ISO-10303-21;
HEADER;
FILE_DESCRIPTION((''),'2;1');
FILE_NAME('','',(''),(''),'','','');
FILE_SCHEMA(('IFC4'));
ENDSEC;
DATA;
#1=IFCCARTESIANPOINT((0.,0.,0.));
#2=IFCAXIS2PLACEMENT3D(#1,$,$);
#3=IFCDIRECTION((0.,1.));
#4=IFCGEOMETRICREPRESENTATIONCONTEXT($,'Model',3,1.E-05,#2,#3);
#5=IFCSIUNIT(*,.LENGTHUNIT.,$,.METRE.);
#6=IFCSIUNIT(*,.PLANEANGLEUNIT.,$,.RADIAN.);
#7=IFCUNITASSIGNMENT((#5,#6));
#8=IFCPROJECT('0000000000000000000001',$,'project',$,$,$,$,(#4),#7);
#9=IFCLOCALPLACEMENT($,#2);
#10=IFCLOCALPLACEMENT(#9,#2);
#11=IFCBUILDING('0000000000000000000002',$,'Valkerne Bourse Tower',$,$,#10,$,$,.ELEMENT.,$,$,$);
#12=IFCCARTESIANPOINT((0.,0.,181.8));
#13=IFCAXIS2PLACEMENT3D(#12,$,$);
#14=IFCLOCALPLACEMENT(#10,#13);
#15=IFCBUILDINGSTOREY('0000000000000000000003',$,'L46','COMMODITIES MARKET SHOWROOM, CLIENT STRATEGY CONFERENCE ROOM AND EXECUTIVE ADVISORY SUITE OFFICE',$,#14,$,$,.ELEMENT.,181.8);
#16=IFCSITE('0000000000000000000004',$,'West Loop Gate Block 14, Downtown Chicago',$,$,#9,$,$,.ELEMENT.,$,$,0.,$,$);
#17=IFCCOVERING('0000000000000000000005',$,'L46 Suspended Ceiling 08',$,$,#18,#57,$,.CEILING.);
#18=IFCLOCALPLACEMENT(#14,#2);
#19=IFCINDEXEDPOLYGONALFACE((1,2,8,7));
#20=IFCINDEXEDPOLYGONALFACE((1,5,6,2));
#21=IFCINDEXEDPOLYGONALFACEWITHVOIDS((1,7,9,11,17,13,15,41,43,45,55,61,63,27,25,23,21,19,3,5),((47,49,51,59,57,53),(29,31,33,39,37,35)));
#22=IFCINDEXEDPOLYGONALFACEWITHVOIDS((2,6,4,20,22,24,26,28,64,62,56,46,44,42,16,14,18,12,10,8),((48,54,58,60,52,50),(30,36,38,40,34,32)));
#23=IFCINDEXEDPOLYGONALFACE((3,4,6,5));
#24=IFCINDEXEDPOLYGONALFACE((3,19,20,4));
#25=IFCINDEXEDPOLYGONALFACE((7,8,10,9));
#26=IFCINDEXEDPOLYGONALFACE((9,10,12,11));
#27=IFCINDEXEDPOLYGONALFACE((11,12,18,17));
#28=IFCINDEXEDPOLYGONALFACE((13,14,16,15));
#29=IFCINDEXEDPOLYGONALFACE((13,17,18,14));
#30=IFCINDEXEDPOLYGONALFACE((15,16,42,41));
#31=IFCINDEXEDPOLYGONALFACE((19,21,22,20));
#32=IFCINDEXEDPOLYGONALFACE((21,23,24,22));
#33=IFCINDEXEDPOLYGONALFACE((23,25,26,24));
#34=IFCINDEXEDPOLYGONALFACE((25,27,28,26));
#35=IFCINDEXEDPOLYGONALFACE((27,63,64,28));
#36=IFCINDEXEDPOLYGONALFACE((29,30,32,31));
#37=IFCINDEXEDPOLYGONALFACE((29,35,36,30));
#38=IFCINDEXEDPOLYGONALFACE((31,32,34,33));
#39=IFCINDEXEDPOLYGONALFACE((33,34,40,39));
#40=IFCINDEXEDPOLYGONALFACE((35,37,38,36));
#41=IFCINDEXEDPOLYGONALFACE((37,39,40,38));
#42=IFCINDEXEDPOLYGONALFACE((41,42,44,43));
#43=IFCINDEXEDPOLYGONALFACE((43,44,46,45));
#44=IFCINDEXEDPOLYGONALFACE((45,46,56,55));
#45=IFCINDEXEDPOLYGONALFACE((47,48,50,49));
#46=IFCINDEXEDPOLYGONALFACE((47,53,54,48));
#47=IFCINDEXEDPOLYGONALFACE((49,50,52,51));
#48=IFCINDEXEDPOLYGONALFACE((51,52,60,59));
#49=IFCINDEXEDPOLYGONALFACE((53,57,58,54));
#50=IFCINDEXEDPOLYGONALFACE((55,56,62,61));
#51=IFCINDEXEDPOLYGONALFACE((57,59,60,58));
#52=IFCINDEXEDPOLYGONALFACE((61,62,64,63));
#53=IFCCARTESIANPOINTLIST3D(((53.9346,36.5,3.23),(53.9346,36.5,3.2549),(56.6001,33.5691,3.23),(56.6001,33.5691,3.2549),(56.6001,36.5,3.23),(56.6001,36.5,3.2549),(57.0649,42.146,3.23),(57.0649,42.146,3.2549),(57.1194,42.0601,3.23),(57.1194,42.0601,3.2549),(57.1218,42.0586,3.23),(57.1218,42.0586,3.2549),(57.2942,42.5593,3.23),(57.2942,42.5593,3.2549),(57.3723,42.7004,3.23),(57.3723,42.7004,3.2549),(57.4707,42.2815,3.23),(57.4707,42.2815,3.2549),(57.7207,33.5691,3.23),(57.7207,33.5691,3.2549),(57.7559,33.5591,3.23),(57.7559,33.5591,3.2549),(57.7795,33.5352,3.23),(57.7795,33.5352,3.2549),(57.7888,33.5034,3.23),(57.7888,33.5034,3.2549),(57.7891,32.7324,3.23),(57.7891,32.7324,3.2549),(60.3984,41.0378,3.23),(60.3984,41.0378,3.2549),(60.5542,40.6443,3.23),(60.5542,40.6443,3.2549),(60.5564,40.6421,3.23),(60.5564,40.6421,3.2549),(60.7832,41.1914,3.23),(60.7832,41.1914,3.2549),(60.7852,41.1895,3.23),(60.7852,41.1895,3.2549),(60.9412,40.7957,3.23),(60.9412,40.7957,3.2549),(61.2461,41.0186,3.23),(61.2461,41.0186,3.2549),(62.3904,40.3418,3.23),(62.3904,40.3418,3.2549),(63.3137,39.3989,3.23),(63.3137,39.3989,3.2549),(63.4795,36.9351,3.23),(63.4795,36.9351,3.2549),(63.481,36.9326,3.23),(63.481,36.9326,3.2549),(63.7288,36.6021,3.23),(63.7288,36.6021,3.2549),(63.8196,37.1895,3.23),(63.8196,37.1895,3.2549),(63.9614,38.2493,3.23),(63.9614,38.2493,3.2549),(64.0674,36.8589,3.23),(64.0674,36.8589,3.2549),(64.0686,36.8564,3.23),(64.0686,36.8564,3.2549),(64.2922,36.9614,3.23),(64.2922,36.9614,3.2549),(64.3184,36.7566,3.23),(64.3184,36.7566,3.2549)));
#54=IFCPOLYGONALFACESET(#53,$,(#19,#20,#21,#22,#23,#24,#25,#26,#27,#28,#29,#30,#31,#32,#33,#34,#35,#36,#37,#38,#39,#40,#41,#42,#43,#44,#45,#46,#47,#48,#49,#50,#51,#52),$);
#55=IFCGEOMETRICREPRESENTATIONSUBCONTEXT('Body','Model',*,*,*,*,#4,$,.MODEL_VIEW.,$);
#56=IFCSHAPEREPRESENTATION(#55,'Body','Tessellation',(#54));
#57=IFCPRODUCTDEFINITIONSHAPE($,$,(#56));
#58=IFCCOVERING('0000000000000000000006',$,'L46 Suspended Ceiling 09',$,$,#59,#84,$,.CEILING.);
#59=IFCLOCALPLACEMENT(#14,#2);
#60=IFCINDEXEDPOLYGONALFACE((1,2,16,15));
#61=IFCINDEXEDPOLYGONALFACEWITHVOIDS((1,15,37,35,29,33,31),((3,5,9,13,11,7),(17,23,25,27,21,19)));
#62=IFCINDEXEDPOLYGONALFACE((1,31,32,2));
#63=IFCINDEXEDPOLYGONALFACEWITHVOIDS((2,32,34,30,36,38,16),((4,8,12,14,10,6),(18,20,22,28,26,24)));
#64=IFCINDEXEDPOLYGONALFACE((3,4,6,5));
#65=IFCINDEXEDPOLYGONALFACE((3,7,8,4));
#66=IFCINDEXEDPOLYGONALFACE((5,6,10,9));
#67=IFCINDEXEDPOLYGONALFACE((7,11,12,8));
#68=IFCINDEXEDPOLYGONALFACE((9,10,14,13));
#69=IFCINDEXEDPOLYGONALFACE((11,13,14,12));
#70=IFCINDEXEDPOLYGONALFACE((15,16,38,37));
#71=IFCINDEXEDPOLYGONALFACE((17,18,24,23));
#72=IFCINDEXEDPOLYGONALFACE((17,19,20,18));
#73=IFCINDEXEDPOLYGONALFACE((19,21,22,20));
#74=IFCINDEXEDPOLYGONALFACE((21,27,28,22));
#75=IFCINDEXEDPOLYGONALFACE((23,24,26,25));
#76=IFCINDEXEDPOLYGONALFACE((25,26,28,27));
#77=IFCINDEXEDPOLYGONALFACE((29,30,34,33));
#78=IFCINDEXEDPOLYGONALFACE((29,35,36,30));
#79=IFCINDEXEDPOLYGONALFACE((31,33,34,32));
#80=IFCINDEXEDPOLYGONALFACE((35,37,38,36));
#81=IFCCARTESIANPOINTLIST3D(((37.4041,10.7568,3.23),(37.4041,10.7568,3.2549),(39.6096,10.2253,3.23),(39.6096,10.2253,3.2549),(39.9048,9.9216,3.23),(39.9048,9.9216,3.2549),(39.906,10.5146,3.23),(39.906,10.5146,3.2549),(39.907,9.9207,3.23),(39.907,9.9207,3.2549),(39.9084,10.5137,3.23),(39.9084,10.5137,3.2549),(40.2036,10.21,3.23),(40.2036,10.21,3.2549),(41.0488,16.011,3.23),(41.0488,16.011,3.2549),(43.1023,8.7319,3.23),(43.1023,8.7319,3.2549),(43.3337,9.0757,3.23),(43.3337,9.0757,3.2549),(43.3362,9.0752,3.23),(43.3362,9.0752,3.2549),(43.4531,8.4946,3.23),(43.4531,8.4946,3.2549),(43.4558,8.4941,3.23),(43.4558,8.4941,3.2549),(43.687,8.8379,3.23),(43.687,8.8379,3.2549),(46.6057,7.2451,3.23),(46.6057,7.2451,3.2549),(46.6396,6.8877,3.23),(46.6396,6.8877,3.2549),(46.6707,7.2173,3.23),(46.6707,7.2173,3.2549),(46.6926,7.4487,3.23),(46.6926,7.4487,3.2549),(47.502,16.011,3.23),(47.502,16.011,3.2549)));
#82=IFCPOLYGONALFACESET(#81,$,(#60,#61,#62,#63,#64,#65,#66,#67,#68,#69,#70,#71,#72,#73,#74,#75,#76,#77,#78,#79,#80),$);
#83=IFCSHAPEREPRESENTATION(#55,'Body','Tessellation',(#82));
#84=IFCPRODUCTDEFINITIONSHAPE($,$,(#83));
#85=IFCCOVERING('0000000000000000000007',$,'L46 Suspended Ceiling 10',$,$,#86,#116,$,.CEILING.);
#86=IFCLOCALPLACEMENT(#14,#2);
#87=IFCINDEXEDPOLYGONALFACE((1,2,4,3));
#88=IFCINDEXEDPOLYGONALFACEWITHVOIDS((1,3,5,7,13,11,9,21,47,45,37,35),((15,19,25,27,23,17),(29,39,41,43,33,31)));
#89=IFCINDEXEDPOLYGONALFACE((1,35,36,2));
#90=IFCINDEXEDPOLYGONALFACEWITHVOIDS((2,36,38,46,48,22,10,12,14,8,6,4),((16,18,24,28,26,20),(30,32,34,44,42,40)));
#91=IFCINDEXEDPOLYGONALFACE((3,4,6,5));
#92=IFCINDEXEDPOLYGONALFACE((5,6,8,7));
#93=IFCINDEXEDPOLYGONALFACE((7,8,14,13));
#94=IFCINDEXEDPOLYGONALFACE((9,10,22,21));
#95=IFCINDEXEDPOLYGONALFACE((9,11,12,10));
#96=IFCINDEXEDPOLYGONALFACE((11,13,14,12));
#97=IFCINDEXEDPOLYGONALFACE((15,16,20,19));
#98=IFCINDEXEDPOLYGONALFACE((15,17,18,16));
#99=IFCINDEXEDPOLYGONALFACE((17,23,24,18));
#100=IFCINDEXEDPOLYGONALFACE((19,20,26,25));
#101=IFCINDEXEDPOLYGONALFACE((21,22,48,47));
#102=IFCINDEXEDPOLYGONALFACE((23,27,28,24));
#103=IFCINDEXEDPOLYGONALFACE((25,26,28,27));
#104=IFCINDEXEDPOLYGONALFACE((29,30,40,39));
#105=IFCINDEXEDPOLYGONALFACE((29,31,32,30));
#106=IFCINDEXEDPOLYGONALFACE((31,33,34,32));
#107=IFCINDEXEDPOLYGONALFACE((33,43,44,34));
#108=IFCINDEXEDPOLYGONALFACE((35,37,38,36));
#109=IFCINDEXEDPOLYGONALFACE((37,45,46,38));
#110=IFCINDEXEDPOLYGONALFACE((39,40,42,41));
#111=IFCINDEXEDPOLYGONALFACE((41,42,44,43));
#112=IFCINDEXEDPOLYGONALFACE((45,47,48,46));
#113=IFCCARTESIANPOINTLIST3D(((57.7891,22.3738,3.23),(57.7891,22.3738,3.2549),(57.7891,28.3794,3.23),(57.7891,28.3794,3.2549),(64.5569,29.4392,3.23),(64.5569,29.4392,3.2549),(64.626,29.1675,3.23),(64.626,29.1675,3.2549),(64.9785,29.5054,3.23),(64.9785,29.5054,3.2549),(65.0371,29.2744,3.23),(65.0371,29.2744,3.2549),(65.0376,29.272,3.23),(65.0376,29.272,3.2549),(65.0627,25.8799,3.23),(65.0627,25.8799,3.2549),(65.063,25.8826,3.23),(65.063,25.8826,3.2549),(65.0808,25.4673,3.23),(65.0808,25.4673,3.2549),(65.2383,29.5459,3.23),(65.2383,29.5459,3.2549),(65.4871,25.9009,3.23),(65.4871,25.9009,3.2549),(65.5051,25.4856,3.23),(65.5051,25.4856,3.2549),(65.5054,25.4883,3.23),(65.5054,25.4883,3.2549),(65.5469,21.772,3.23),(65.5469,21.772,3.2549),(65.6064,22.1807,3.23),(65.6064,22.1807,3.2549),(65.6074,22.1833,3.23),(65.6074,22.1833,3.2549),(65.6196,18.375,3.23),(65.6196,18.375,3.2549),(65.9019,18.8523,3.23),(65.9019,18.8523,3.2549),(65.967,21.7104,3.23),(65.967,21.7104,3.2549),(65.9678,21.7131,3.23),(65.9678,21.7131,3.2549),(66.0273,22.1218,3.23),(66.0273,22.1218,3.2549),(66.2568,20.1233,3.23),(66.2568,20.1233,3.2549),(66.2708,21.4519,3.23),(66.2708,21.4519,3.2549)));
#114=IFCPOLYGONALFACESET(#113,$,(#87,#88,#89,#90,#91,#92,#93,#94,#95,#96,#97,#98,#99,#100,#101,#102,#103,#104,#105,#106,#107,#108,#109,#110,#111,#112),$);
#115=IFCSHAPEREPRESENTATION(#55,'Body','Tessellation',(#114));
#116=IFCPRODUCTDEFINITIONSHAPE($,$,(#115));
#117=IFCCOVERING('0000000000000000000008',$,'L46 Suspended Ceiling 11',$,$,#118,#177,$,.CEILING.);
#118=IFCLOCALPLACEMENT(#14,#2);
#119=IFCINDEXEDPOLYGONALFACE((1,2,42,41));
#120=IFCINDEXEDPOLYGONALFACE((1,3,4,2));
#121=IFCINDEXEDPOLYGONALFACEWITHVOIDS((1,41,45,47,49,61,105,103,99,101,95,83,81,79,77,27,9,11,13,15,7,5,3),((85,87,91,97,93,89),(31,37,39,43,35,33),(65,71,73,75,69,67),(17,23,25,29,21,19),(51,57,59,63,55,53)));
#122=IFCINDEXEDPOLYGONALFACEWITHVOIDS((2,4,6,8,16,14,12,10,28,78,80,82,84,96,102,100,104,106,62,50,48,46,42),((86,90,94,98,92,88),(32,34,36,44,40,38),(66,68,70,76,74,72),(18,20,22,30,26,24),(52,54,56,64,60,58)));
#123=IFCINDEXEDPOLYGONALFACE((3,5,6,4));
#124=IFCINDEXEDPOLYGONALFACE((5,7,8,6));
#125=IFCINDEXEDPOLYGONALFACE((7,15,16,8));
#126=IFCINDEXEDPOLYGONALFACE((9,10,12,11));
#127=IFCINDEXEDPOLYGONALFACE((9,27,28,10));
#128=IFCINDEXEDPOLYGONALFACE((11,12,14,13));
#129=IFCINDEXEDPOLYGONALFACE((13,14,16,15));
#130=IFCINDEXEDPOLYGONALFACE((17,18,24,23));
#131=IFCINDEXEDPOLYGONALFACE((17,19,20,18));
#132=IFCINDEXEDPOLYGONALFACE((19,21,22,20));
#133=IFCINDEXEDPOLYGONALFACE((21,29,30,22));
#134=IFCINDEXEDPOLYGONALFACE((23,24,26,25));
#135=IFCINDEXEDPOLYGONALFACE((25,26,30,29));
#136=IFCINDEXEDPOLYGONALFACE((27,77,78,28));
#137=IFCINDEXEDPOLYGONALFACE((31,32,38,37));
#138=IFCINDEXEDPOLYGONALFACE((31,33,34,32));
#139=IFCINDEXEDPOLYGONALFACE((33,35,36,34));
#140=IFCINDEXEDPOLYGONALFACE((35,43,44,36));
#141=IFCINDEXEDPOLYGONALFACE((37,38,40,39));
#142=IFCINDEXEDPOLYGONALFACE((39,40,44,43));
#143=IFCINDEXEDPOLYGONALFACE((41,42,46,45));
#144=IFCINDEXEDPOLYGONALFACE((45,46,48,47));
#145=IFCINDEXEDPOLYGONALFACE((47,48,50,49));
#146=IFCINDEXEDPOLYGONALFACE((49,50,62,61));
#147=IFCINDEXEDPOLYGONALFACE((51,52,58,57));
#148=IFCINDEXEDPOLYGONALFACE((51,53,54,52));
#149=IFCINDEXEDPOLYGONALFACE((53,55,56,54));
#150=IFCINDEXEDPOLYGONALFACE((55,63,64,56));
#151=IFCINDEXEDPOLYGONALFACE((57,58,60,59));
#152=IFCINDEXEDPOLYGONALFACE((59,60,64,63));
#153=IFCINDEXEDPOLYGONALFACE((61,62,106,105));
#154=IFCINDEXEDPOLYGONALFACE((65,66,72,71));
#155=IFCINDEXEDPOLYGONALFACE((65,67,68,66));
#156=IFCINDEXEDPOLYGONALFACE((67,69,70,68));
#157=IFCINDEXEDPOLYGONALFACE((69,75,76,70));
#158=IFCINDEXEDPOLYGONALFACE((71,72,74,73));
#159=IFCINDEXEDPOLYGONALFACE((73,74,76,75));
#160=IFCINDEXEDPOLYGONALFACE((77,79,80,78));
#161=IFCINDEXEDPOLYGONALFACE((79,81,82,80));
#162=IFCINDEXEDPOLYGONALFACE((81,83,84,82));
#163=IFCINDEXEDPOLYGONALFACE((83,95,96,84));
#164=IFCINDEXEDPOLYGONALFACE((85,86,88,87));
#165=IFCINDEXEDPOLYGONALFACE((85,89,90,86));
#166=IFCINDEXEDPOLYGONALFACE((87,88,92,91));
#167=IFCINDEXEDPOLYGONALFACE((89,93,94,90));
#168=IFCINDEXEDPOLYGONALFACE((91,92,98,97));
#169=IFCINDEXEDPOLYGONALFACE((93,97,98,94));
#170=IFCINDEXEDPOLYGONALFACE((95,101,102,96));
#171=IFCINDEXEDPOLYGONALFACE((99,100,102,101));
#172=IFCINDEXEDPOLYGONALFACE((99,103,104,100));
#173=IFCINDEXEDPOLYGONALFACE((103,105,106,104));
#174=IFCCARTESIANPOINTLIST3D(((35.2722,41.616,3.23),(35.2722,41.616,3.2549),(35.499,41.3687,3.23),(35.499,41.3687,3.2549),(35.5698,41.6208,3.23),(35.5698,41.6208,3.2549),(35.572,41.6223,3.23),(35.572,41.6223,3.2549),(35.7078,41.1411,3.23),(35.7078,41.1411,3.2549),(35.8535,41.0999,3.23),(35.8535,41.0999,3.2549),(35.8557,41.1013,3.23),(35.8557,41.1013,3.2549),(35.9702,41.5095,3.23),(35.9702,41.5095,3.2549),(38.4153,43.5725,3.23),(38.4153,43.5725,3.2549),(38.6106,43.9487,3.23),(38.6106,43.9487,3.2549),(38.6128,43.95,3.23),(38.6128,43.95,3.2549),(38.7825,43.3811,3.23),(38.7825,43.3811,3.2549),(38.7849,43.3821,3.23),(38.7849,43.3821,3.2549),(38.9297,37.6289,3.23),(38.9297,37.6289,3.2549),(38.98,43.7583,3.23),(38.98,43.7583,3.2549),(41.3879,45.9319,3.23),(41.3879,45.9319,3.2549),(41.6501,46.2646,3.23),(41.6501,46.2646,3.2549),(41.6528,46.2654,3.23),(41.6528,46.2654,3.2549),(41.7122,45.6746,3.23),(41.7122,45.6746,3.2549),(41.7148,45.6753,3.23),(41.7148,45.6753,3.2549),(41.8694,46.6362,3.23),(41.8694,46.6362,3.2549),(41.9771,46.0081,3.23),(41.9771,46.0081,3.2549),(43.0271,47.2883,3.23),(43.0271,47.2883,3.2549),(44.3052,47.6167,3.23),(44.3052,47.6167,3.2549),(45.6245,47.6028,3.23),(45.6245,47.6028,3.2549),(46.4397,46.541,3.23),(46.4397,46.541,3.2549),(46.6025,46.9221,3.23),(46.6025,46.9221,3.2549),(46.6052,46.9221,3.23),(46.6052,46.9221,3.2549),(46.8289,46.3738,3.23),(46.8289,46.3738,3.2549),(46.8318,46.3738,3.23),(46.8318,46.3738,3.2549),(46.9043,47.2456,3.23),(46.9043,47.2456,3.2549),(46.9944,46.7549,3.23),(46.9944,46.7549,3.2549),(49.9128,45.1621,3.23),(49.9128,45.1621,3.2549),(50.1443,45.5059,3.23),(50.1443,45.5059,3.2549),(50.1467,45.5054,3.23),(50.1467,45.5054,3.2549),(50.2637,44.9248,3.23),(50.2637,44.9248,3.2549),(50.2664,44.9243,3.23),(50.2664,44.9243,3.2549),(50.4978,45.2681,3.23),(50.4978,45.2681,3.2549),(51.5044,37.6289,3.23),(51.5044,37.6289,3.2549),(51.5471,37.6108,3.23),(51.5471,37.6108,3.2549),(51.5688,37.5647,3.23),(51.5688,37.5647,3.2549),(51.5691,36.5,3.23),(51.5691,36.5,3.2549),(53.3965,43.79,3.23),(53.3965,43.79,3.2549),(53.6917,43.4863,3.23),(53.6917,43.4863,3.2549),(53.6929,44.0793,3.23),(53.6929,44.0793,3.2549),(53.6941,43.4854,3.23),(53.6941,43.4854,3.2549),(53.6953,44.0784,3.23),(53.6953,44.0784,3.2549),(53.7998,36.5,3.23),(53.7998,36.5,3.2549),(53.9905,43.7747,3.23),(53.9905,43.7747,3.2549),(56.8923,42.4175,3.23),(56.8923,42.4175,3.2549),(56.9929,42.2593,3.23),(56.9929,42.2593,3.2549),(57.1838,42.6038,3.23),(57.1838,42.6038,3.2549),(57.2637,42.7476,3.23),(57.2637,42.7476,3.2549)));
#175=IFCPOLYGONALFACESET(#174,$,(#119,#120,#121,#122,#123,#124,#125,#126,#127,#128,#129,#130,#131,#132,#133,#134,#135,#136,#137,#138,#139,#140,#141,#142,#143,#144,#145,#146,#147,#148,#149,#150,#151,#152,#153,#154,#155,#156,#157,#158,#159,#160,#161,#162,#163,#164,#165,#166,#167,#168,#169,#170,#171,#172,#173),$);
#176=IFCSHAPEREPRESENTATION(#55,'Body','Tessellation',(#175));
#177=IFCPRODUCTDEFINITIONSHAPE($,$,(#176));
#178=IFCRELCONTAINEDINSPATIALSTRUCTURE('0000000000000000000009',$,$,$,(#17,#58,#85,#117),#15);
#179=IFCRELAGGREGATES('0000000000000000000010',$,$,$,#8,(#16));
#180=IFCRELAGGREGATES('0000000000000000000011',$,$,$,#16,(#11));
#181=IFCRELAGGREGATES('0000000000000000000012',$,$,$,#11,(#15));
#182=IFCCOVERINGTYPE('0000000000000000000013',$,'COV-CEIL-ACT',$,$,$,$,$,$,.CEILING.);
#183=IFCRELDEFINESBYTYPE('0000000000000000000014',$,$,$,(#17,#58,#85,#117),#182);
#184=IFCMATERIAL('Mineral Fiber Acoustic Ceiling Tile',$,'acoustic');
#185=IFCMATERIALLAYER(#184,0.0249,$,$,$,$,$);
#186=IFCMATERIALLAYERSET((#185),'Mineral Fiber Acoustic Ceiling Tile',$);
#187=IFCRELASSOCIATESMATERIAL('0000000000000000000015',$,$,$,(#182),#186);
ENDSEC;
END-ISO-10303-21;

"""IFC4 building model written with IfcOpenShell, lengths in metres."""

from ifc_helpers import new_model, si_unit, direction, frame, origin, place, context, subcontext, project, spatial, polyline, outline, extrude, material, layer, layer_set, type_object, element, save


model = new_model("IFC4")

# Units and contexts
model_context = context("Model", 3, precision=1e-05, world=origin(), true_north=direction((0.0, 1.0)))
body_context = subcontext(model_context, "Body", "Model", "MODEL_VIEW")
ifc_project = project(units=[si_unit("LENGTHUNIT", "METRE"), si_unit("PLANEANGLEUNIT", "RADIAN")], contexts=[model_context])

# Site, building, storey
site_placement = place(None, origin())
site = spatial("IfcSite", under=ifc_project, at=site_placement, Name="West Loop Gate Block 14, Downtown Chicago", CompositionType="ELEMENT", RefElevation=0.0)
building_placement = place(site_placement, origin())
building = spatial("IfcBuilding", under=site, at=building_placement, Name="Valkerne Bourse Tower", CompositionType="ELEMENT")
storey_placement = place(building_placement, frame((0.0, 0.0, 181.8)))
storey = spatial("IfcBuildingStorey", under=building, at=storey_placement, Name="L46", Description="COMMODITIES MARKET SHOWROOM, CLIENT STRATEGY CONFERENCE ROOM AND EXECUTIVE ADVISORY SUITE OFFICE", CompositionType="ELEMENT", Elevation=181.8)

# Coverings
ifc_material_1 = material(Name="Mineral Fiber Acoustic Ceiling Tile", Category="acoustic")
ifc_layer_1 = layer(ifc_material_1, 0.0249)
ifc_layer_set_1 = layer_set([ifc_layer_1], Name="Mineral Fiber Acoustic Ceiling Tile")
covering_type_1 = type_object("IfcCoveringType", Name="COV-CEIL-ACT", PredefinedType="CEILING", material=ifc_layer_set_1)
covering_1_placement = place(storey_placement, frame((0.0, 0.0, 3.23)))
element("IfcCovering", 1, at=covering_1_placement, inside=storey, type_object=covering_type_1, Name="L46 Suspended Ceiling 08", PredefinedType="CEILING", context=body_context, shape_type="SweptSolid", body=[
    extrude(outline(polyline([(63.3137, 39.3989), (63.9614, 38.2493), (64.2922, 36.9614), (64.3184, 36.7566), (57.7891, 32.7324), (57.7888, 33.5034), (57.7795, 33.5352), (57.7559, 33.5591), (57.7207, 33.5691), (56.6001, 33.5691), (56.6001, 36.5), (53.9346, 36.5), (57.0649, 42.146), (57.1194, 42.0601), (57.1218, 42.0586), (57.4707, 42.2815), (57.2942, 42.5593), (57.3723, 42.7004), (61.2461, 41.0186), (62.3904, 40.3418), (63.3137, 39.3989)]), holes=[polyline([(64.0686, 36.8564), (64.0674, 36.8589), (63.8196, 37.1895), (63.4795, 36.9351), (63.481, 36.9326), (63.7288, 36.6021), (64.0686, 36.8564)]), polyline([(60.7852, 41.1895), (60.7832, 41.1914), (60.3984, 41.0378), (60.5542, 40.6443), (60.5564, 40.6421), (60.9412, 40.7957), (60.7852, 41.1895)])]), origin(), (0.0, 0.0, 1.0), 0.0249),
])
covering_2_placement = place(storey_placement, frame((0.0, 0.0, 3.23)))
element("IfcCovering", 2, at=covering_2_placement, inside=storey, type_object=covering_type_1, Name="L46 Suspended Ceiling 09", PredefinedType="CEILING", context=body_context, shape_type="SweptSolid", body=[
    extrude(outline(polyline([(47.502, 16.011), (46.6926, 7.4487), (46.6057, 7.2451), (46.6707, 7.2173), (46.6396, 6.8877), (37.4041, 10.7568), (41.0488, 16.011), (47.502, 16.011)]), holes=[polyline([(43.3362, 9.0752), (43.3337, 9.0757), (43.1023, 8.7319), (43.4531, 8.4946), (43.4558, 8.4941), (43.687, 8.8379), (43.3362, 9.0752)]), polyline([(39.9084, 10.5137), (39.906, 10.5146), (39.6096, 10.2253), (39.9048, 9.9216), (39.907, 9.9207), (40.2036, 10.21), (39.9084, 10.5137)])]), origin(), (0.0, 0.0, 1.0), 0.0249),
])
covering_3_placement = place(storey_placement, frame((0.0, 0.0, 3.23)))
element("IfcCovering", 3, at=covering_3_placement, inside=storey, type_object=covering_type_1, Name="L46 Suspended Ceiling 10", PredefinedType="CEILING", context=body_context, shape_type="SweptSolid", body=[
    extrude(outline(polyline([(65.6196, 18.375), (57.7891, 22.3738), (57.7891, 28.3794), (64.5569, 29.4392), (64.626, 29.1675), (65.0376, 29.272), (65.0371, 29.2744), (64.9785, 29.5054), (65.2383, 29.5459), (66.2708, 21.4519), (66.2568, 20.1233), (65.9019, 18.8523), (65.6196, 18.375)]), holes=[polyline([(66.0273, 22.1218), (65.6074, 22.1833), (65.6064, 22.1807), (65.5469, 21.772), (65.967, 21.7104), (65.9678, 21.7131), (66.0273, 22.1218)]), polyline([(65.5051, 25.4856), (65.5054, 25.4883), (65.4871, 25.9009), (65.063, 25.8826), (65.0627, 25.8799), (65.0808, 25.4673), (65.5051, 25.4856)])]), origin(), (0.0, 0.0, 1.0), 0.0249),
])
covering_4_placement = place(storey_placement, frame((0.0, 0.0, 3.23)))
element("IfcCovering", 4, at=covering_4_placement, inside=storey, type_object=covering_type_1, Name="L46 Suspended Ceiling 11", PredefinedType="CEILING", context=body_context, shape_type="SweptSolid", body=[
    extrude(outline(polyline([(44.3052, 47.6167), (45.6245, 47.6028), (46.9043, 47.2456), (57.2637, 42.7476), (57.1838, 42.6038), (56.8923, 42.4175), (56.9929, 42.2593), (53.7998, 36.5), (51.5691, 36.5), (51.5688, 37.5647), (51.5471, 37.6108), (51.5044, 37.6289), (38.9297, 37.6289), (35.7078, 41.1411), (35.8535, 41.0999), (35.8557, 41.1013), (35.9702, 41.5095), (35.572, 41.6223), (35.5698, 41.6208), (35.499, 41.3687), (35.2722, 41.616), (41.8694, 46.6362), (43.0271, 47.2883), (44.3052, 47.6167)]), holes=[polyline([(38.7849, 43.3821), (38.98, 43.7583), (38.6128, 43.95), (38.6106, 43.9487), (38.4153, 43.5725), (38.7825, 43.3811), (38.7849, 43.3821)]), polyline([(53.9905, 43.7747), (53.6953, 44.0784), (53.6929, 44.0793), (53.3965, 43.79), (53.6917, 43.4863), (53.6941, 43.4854), (53.9905, 43.7747)]), polyline([(50.1467, 45.5054), (50.1443, 45.5059), (49.9128, 45.1621), (50.2637, 44.9248), (50.2664, 44.9243), (50.4978, 45.2681), (50.1467, 45.5054)]), polyline([(41.9771, 46.0081), (41.6528, 46.2654), (41.6501, 46.2646), (41.3879, 45.9319), (41.7122, 45.6746), (41.7148, 45.6753), (41.9771, 46.0081)]), polyline([(46.6052, 46.9221), (46.6025, 46.9221), (46.4397, 46.541), (46.8289, 46.3738), (46.8318, 46.3738), (46.9944, 46.7549), (46.6052, 46.9221)])]), origin(), (0.0, 0.0, 1.0), 0.0249),
])

save(model, "model.ifc")
